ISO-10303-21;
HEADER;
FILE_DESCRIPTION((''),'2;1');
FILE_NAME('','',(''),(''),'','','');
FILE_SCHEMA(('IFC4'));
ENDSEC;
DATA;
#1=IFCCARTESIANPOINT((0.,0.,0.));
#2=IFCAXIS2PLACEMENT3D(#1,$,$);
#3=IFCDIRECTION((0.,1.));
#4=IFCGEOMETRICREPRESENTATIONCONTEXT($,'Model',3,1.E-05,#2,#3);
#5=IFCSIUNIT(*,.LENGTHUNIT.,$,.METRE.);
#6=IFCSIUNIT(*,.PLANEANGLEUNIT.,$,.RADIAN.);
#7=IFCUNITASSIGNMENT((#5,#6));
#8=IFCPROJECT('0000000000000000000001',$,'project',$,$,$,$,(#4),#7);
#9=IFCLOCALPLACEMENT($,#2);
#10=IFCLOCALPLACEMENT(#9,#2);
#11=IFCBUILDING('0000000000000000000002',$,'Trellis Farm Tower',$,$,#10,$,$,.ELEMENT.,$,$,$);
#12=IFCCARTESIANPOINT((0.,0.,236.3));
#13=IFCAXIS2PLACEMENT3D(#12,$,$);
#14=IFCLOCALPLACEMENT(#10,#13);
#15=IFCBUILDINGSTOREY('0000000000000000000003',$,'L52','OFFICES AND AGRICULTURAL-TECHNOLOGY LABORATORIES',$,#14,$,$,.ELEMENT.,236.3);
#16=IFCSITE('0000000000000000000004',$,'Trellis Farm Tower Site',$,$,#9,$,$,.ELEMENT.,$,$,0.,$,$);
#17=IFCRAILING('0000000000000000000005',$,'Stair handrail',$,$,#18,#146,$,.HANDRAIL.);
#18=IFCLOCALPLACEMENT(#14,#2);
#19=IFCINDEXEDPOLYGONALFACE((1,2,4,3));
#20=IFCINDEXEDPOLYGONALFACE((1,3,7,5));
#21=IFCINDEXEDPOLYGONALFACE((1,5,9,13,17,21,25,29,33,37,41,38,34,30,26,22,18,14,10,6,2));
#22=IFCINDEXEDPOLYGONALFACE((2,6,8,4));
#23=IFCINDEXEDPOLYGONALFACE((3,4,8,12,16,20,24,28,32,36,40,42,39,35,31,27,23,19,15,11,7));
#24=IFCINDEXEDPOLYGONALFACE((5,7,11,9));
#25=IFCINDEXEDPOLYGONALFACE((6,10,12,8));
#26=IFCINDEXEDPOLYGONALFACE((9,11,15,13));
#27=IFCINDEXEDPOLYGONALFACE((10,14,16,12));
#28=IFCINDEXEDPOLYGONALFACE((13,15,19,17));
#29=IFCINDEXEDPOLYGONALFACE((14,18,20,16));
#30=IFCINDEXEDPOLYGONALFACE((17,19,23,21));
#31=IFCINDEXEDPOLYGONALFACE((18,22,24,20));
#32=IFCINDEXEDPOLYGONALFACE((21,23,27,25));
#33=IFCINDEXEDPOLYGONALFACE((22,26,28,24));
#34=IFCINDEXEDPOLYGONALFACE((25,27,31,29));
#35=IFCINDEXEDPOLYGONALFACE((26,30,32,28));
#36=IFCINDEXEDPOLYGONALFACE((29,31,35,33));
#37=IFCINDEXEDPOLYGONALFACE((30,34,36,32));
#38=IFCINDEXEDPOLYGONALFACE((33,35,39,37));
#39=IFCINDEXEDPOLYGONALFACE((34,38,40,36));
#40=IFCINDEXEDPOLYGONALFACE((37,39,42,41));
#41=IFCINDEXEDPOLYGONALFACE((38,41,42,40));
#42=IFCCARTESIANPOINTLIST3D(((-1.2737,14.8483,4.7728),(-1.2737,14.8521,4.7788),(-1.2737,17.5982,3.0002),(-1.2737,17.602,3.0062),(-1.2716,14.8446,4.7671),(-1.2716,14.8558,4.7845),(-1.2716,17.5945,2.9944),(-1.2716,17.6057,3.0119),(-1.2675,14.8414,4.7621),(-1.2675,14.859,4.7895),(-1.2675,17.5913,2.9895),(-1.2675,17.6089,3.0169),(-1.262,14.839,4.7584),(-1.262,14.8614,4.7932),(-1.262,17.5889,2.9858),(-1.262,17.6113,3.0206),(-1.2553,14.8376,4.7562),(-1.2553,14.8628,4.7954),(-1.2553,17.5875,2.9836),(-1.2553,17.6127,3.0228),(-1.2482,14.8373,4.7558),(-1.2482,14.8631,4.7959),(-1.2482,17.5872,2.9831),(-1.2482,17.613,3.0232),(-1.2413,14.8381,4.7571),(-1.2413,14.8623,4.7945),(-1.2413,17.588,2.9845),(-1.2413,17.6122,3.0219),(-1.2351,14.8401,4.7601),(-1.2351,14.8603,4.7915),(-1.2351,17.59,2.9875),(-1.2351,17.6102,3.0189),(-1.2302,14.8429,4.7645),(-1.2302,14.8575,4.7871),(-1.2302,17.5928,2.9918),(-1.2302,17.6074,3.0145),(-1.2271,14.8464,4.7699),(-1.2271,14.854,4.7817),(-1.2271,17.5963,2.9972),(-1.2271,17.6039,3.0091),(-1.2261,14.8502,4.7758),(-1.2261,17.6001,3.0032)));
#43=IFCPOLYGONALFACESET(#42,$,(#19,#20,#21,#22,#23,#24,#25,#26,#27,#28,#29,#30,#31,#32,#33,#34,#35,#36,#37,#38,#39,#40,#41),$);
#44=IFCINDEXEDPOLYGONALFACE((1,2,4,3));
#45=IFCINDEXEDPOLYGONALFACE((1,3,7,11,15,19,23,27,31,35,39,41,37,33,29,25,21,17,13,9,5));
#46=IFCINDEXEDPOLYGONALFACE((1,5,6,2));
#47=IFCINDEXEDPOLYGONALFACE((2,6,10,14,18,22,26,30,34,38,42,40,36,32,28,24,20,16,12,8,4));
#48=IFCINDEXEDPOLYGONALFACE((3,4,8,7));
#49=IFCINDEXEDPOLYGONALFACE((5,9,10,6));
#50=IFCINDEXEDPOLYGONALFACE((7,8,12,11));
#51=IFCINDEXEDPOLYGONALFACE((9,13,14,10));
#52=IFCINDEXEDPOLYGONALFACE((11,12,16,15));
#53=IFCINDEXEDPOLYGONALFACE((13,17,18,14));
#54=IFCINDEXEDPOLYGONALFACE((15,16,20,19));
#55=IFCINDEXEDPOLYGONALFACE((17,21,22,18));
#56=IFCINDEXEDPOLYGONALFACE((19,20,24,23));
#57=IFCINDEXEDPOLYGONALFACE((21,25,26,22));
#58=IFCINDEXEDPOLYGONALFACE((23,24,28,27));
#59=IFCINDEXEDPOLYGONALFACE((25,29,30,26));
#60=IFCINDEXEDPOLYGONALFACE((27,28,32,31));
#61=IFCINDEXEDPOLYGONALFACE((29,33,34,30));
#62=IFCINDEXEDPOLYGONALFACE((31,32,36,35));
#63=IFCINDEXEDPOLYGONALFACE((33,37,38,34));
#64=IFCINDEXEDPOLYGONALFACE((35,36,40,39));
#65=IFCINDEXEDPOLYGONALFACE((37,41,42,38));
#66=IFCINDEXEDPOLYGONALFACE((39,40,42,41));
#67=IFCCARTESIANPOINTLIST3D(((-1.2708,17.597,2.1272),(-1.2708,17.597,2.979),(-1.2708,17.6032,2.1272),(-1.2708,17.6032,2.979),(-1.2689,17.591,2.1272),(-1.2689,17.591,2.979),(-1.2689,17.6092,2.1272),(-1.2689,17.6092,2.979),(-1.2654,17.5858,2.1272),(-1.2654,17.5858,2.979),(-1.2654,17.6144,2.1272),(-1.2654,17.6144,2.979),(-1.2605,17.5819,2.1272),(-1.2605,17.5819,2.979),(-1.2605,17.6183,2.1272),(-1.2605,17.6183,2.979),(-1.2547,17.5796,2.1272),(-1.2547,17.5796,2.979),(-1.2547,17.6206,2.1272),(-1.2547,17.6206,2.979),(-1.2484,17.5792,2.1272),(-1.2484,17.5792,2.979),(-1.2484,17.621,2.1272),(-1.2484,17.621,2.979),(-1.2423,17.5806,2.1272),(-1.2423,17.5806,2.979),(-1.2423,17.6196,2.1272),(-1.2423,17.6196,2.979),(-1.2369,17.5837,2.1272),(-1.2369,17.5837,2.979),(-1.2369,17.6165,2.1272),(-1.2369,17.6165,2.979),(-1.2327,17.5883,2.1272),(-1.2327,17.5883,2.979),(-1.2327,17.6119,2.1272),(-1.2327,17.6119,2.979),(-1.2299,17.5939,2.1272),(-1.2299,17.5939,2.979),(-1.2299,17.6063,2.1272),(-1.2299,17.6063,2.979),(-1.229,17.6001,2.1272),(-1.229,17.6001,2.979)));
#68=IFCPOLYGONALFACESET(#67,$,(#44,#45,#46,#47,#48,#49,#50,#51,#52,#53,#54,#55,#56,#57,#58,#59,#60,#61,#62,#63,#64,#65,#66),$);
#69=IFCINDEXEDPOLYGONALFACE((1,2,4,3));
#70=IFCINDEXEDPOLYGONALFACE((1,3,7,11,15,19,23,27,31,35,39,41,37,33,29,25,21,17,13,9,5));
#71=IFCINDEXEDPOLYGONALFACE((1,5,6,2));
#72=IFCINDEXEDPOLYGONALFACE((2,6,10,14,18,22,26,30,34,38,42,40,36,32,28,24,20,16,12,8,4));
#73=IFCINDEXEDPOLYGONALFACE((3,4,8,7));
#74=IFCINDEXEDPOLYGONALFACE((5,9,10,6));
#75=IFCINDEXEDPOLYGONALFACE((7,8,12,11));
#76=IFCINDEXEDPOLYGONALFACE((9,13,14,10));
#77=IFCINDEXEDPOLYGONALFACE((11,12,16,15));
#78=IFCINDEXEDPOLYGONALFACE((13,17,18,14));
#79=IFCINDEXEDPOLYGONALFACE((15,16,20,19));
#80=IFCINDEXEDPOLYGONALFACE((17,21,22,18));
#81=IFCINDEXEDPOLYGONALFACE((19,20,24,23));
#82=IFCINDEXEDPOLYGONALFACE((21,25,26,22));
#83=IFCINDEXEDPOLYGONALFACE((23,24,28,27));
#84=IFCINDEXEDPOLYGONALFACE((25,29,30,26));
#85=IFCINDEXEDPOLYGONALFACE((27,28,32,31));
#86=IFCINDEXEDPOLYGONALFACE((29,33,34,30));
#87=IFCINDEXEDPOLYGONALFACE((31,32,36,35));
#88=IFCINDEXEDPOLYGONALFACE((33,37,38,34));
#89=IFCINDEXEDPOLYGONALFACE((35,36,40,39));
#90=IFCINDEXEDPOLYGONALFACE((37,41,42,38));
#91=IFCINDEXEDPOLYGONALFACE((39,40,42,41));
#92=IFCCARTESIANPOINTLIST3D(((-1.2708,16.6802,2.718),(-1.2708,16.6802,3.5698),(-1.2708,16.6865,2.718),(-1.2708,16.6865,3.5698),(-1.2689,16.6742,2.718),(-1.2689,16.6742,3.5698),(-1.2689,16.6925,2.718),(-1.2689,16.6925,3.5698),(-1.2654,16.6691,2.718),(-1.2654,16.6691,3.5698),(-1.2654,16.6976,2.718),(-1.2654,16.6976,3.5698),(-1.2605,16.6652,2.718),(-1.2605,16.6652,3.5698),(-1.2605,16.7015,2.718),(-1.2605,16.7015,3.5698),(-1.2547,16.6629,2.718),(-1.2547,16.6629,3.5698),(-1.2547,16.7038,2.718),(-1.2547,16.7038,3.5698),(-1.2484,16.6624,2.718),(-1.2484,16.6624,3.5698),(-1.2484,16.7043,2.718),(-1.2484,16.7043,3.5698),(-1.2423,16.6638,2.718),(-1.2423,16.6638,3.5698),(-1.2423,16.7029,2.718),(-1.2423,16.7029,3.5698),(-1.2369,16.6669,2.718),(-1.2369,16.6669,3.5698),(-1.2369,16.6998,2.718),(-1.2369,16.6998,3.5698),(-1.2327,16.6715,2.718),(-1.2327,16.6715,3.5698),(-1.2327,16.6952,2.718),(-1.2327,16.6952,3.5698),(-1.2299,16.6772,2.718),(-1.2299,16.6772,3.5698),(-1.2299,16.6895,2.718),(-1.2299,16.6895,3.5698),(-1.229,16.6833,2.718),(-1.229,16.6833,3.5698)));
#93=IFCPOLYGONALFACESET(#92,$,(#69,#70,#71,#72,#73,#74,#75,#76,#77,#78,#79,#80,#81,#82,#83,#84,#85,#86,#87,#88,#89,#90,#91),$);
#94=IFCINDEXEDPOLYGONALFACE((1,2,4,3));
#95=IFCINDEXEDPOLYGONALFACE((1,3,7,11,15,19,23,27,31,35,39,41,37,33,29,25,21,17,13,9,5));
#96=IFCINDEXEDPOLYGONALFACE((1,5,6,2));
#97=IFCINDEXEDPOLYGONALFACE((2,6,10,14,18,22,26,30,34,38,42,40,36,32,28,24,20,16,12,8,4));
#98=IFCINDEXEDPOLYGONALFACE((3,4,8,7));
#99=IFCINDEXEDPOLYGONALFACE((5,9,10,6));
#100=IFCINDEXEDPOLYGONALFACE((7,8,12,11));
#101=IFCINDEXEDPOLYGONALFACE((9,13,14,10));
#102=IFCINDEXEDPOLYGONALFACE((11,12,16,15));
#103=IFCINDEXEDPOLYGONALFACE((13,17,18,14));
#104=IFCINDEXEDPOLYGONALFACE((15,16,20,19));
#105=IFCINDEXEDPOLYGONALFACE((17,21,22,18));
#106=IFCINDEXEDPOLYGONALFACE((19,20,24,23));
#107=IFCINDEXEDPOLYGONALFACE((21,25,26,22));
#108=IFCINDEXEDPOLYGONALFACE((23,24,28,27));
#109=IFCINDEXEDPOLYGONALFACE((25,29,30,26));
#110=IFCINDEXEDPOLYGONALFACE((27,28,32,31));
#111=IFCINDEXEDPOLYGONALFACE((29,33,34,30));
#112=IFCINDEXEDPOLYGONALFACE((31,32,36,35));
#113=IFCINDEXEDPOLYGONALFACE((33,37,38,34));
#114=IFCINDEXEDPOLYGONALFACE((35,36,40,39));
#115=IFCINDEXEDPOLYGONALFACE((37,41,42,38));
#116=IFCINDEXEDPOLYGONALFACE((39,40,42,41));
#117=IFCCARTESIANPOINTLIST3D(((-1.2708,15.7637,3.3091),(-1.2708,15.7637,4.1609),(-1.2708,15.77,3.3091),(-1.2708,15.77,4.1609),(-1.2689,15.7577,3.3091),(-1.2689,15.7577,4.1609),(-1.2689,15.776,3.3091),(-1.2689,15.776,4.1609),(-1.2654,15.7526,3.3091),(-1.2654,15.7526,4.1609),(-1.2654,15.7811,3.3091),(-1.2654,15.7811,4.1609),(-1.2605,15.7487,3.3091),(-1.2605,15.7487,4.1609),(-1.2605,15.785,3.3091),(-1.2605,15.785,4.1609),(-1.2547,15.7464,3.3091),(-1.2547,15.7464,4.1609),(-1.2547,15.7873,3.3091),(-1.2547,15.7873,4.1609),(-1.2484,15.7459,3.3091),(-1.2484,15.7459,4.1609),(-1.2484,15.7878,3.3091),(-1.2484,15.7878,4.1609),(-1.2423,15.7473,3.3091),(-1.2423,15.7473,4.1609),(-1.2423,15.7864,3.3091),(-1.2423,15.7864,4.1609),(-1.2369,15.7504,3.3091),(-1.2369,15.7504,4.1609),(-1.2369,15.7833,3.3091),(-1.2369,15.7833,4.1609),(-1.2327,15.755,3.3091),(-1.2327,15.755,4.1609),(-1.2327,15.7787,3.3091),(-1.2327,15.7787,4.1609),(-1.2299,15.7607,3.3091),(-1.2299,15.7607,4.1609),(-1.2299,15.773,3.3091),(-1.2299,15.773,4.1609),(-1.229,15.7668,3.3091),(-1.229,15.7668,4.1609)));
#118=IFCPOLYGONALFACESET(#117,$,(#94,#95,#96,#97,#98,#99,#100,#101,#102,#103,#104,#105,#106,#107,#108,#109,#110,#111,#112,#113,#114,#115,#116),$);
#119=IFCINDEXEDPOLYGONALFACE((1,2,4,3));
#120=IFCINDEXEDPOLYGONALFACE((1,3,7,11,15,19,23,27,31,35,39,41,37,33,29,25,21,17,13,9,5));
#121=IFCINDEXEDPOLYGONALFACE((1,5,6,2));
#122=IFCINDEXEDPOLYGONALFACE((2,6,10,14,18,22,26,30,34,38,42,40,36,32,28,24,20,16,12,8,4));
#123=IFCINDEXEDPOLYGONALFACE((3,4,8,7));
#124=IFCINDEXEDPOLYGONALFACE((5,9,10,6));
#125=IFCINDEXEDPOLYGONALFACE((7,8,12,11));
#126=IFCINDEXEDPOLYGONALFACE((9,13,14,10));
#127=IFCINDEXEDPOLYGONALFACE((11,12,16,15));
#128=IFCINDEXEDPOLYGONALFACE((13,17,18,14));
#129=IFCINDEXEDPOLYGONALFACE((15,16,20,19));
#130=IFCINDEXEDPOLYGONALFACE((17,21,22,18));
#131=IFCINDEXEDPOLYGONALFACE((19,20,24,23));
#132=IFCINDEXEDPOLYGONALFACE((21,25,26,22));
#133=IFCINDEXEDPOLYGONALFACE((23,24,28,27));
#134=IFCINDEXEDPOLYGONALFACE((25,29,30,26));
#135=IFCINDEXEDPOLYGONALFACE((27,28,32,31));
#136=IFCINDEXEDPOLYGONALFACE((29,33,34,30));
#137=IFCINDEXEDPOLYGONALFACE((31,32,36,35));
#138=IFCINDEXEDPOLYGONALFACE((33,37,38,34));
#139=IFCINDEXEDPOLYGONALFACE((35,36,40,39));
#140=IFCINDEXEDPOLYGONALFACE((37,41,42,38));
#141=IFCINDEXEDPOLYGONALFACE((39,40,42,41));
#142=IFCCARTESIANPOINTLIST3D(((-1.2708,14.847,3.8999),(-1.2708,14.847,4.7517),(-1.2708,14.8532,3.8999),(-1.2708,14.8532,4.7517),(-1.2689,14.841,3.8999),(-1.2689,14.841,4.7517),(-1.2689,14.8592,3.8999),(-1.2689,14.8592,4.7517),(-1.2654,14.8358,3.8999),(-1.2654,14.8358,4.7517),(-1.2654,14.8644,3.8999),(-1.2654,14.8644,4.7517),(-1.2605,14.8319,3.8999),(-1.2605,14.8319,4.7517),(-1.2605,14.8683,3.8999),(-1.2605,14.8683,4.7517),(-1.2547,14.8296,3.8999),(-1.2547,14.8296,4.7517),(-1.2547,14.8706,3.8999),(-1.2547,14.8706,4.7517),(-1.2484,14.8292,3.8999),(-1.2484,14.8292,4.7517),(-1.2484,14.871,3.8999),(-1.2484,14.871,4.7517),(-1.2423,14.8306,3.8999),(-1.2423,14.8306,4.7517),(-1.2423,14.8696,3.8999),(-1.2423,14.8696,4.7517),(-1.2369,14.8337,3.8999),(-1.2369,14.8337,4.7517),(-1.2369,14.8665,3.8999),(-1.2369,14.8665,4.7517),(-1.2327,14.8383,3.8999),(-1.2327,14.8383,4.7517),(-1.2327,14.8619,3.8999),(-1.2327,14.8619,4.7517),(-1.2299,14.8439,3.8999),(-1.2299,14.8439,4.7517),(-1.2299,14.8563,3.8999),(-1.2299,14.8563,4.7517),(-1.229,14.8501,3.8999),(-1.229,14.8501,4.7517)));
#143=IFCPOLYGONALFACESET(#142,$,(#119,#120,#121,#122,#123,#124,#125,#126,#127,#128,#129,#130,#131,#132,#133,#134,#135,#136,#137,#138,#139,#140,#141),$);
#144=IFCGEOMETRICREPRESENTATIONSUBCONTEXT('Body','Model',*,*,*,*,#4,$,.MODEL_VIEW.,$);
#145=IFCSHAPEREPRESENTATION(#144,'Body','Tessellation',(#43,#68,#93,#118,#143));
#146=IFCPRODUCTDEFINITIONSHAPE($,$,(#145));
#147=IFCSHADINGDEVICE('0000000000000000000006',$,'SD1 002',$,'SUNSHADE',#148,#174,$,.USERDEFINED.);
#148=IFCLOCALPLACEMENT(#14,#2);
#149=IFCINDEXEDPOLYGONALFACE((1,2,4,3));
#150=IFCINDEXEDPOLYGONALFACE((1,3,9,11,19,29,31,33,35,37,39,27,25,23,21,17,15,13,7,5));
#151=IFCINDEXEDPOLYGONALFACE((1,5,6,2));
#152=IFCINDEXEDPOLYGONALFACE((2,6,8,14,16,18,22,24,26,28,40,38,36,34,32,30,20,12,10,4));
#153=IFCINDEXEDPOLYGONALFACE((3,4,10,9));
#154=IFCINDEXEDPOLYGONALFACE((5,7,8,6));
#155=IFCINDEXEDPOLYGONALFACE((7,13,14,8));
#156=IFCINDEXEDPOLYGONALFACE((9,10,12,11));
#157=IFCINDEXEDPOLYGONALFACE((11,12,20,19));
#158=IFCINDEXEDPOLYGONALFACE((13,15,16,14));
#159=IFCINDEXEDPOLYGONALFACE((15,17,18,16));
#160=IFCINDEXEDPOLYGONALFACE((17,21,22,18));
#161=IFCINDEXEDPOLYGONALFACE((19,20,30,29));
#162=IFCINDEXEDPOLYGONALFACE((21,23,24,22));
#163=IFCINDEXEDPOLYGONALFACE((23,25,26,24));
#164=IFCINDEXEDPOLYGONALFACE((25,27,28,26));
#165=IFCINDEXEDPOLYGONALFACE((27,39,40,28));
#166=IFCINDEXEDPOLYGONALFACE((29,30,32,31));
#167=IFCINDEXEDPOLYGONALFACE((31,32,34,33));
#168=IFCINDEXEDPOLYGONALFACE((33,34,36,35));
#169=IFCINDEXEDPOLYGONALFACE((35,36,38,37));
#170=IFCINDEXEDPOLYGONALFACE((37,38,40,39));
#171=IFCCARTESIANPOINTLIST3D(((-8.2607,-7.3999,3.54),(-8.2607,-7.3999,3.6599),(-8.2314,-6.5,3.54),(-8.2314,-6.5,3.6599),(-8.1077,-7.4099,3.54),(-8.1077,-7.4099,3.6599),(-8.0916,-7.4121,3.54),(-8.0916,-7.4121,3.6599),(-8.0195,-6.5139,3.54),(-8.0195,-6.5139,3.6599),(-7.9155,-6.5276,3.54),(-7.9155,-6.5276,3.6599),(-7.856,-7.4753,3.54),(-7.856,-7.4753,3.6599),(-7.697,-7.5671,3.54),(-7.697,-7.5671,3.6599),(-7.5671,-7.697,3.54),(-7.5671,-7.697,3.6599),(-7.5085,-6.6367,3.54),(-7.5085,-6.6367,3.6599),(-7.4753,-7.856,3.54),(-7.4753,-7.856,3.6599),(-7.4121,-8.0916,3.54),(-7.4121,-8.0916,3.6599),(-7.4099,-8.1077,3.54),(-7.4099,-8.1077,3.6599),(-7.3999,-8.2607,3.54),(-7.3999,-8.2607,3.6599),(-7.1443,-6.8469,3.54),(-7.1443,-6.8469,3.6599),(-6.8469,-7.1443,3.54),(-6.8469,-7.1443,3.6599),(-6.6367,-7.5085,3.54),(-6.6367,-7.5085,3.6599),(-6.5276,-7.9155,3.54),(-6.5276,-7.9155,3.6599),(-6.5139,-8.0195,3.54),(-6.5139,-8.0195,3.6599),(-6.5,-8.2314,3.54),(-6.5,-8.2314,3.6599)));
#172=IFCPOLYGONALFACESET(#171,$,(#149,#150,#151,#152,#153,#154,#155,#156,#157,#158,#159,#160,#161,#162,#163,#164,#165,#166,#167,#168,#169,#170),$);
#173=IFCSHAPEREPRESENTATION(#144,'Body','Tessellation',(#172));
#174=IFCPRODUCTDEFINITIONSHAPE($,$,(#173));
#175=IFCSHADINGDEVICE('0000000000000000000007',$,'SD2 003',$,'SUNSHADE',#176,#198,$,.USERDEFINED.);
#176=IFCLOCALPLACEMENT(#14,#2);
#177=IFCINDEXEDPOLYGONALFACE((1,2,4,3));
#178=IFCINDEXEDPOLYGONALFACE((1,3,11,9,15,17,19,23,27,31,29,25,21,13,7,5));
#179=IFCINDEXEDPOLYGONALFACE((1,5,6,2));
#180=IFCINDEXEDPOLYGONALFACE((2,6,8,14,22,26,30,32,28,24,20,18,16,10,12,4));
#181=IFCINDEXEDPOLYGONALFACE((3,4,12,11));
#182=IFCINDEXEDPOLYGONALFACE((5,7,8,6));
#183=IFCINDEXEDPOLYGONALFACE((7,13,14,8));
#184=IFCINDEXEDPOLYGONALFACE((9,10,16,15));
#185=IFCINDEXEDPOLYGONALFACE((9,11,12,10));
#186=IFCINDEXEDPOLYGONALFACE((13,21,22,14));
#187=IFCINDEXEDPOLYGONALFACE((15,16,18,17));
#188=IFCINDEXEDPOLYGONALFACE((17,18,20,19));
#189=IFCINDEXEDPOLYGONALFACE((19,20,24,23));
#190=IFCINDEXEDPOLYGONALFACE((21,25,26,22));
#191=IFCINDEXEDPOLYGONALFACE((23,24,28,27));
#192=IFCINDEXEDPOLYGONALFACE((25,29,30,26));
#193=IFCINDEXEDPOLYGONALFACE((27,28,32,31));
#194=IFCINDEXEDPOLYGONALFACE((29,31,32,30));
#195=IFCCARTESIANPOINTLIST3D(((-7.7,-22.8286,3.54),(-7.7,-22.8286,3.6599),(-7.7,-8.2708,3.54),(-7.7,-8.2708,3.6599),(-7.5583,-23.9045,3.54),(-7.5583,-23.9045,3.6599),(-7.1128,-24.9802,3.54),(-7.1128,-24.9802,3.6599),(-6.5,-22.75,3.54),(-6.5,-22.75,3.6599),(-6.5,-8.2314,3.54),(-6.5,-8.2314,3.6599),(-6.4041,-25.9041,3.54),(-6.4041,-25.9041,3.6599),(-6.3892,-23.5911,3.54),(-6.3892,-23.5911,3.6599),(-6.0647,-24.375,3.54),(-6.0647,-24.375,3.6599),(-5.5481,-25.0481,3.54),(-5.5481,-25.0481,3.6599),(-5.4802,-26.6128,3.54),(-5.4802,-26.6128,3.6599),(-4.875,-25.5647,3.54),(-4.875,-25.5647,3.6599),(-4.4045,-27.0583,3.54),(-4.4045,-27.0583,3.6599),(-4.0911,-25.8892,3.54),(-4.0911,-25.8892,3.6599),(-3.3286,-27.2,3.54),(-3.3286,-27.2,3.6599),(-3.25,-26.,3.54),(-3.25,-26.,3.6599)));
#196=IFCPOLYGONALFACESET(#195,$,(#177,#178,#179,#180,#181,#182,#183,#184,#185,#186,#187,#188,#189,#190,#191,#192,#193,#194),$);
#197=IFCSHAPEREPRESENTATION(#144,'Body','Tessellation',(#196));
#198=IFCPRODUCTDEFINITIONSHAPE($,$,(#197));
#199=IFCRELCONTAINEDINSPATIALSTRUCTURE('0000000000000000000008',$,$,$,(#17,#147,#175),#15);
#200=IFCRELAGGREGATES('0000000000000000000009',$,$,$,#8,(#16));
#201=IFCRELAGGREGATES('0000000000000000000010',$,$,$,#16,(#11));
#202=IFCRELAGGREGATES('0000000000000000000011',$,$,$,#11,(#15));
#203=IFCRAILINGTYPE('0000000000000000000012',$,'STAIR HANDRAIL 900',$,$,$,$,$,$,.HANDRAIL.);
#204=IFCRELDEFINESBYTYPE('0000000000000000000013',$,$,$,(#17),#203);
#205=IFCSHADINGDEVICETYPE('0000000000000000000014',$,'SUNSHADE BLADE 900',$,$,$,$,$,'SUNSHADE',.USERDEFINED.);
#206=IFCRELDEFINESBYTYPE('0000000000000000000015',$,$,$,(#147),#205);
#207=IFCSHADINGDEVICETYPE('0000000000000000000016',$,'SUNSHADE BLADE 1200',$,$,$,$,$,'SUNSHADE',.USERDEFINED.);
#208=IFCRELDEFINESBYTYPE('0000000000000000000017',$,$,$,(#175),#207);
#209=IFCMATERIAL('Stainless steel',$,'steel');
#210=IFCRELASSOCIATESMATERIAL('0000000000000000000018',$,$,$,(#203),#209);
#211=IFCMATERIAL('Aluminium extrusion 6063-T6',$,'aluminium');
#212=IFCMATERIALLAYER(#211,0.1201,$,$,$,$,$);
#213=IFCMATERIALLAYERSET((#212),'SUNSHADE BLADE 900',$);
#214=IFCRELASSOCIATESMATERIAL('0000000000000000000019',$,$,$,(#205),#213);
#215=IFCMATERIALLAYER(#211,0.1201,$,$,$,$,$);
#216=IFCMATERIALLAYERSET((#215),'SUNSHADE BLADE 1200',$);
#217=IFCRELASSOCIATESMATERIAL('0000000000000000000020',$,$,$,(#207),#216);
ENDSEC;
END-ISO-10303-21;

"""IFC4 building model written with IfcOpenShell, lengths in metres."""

from ifc_helpers import new_model, si_unit, direction, frame, origin, origin_2d, place, context, subcontext, project, spatial, polyline, circle, outline, extrude, source, transform, mapped, material, layer, layer_set, type_object, element, save


model = new_model("IFC4")

# Units and contexts
model_context = context("Model", 3, precision=1e-05, world=origin(), true_north=direction((0.0, 1.0)))
body_context = subcontext(model_context, "Body", "Model", "MODEL_VIEW")
ifc_project = project(units=[si_unit("LENGTHUNIT", "METRE"), si_unit("PLANEANGLEUNIT", "RADIAN")], contexts=[model_context])

# Site, building, storey
site_placement = place(None, origin())
site = spatial("IfcSite", under=ifc_project, at=site_placement, Name="Trellis Farm Tower Site", CompositionType="ELEMENT", RefElevation=0.0)
building_placement = place(site_placement, origin())
building = spatial("IfcBuilding", under=site, at=building_placement, Name="Trellis Farm Tower", CompositionType="ELEMENT")
storey_placement = place(building_placement, frame((0.0, 0.0, 236.3)))
storey = spatial("IfcBuildingStorey", under=building, at=storey_placement, Name="L52", Description="OFFICES AND AGRICULTURAL-TECHNOLOGY LABORATORIES", CompositionType="ELEMENT", Elevation=236.3)

# Shared definitions
ifc_material_1 = material(Name="Aluminium extrusion 6063-T6", Category="aluminium")

# Railing
ifc_material_2 = material(Name="Stainless steel", Category="steel")
railing_type = type_object("IfcRailingType", Name="STAIR HANDRAIL 900", PredefinedType="HANDRAIL", material=ifc_material_2)
shared_shape_1 = source(origin(), body_context, "Body", "SweptSolid", [
    extrude(circle(Radius=0.0239, at=origin_2d()), frame((0.0, 0.0, 0.876), z_axis=(0.0, -0.840504, 0.541806), x_axis=(1.0, 0.0, 0.0)), (0.0, 0.0, 1.0), 3.2717),
    extrude(circle(Radius=0.021, at=origin_2d()), origin(), (0.0, 0.0, 1.0), 0.8518),
    extrude(circle(Radius=0.021, at=origin_2d()), frame((0.0, -0.9167, 0.5908)), (0.0, 0.0, 1.0), 0.8518),
    extrude(circle(Radius=0.021, at=origin_2d()), frame((0.0, -1.8333, 1.1819)), (0.0, 0.0, 1.0), 0.8518),
    extrude(circle(Radius=0.021, at=origin_2d()), frame((0.0, -2.75, 1.7727)), (0.0, 0.0, 1.0), 0.8518),
])
railing_placement = place(storey_placement, frame((-1.25, 17.6001, 2.1272)))
element("IfcRailing", 1, at=railing_placement, inside=storey, type_object=railing_type, Name="Stair handrail", PredefinedType="HANDRAIL", context=body_context, shape_type="MappedRepresentation", body=[
    mapped(shared_shape_1, transform((0.0, 0.0, 0.0))),
])

# Shading devices
ifc_layer_1 = layer(ifc_material_1, 0.1201)
ifc_layer_set_1 = layer_set([ifc_layer_1], Name="SUNSHADE BLADE 900")
shading_device_type_1 = type_object("IfcShadingDeviceType", Name="SUNSHADE BLADE 900", ElementType="SUNSHADE", PredefinedType="USERDEFINED", material=ifc_layer_set_1)
shared_shape_2 = source(origin(), body_context, "Body", "SweptSolid", [
    extrude(outline(polyline([(-8.2607, -7.3999), (-8.1077, -7.4099), (-8.0916, -7.4121), (-7.856, -7.4753), (-7.697, -7.5671), (-7.5671, -7.697), (-7.4753, -7.856), (-7.4121, -8.0916), (-7.4099, -8.1077), (-7.3999, -8.2607), (-6.5, -8.2314), (-6.5139, -8.0195), (-6.5276, -7.9155), (-6.6367, -7.5085), (-6.8469, -7.1443), (-7.1443, -6.8469), (-7.5085, -6.6367), (-7.9155, -6.5276), (-8.0195, -6.5139), (-8.2314, -6.5), (-8.2607, -7.3999)])), origin(), (0.0, 0.0, 1.0), 0.1199),
])
placement_1 = place(storey_placement, frame((0.0, 0.0, 3.54)))
element("IfcShadingDevice", 2, at=placement_1, inside=storey, type_object=shading_device_type_1, Name="SD1 002", ObjectType="SUNSHADE", PredefinedType="USERDEFINED", context=body_context, shape_type="MappedRepresentation", body=[
    mapped(shared_shape_2, transform((0.0, 0.0, 0.0))),
])
ifc_layer_2 = layer(ifc_material_1, 0.1201)
ifc_layer_set_2 = layer_set([ifc_layer_2], Name="SUNSHADE BLADE 1200")
shading_device_type_2 = type_object("IfcShadingDeviceType", Name="SUNSHADE BLADE 1200", ElementType="SUNSHADE", PredefinedType="USERDEFINED", material=ifc_layer_set_2)
shared_shape_3 = source(origin(), body_context, "Body", "SweptSolid", [
    extrude(outline(polyline([(-7.7, -8.2708), (-7.7, -22.8286), (-7.5583, -23.9045), (-7.1128, -24.9802), (-6.4041, -25.9041), (-5.4802, -26.6128), (-4.4045, -27.0583), (-3.3286, -27.2), (-3.25, -26.0), (-4.0911, -25.8892), (-4.875, -25.5647), (-5.5481, -25.0481), (-6.0647, -24.375), (-6.3892, -23.5911), (-6.5, -22.75), (-6.5, -8.2314), (-7.7, -8.2708)])), origin(), (0.0, 0.0, 1.0), 0.1199),
])
element("IfcShadingDevice", 3, at=placement_1, inside=storey, type_object=shading_device_type_2, Name="SD2 003", ObjectType="SUNSHADE", PredefinedType="USERDEFINED", context=body_context, shape_type="MappedRepresentation", body=[
    mapped(shared_shape_3, transform((0.0, 0.0, 0.0))),
])

save(model, "model.ifc")
